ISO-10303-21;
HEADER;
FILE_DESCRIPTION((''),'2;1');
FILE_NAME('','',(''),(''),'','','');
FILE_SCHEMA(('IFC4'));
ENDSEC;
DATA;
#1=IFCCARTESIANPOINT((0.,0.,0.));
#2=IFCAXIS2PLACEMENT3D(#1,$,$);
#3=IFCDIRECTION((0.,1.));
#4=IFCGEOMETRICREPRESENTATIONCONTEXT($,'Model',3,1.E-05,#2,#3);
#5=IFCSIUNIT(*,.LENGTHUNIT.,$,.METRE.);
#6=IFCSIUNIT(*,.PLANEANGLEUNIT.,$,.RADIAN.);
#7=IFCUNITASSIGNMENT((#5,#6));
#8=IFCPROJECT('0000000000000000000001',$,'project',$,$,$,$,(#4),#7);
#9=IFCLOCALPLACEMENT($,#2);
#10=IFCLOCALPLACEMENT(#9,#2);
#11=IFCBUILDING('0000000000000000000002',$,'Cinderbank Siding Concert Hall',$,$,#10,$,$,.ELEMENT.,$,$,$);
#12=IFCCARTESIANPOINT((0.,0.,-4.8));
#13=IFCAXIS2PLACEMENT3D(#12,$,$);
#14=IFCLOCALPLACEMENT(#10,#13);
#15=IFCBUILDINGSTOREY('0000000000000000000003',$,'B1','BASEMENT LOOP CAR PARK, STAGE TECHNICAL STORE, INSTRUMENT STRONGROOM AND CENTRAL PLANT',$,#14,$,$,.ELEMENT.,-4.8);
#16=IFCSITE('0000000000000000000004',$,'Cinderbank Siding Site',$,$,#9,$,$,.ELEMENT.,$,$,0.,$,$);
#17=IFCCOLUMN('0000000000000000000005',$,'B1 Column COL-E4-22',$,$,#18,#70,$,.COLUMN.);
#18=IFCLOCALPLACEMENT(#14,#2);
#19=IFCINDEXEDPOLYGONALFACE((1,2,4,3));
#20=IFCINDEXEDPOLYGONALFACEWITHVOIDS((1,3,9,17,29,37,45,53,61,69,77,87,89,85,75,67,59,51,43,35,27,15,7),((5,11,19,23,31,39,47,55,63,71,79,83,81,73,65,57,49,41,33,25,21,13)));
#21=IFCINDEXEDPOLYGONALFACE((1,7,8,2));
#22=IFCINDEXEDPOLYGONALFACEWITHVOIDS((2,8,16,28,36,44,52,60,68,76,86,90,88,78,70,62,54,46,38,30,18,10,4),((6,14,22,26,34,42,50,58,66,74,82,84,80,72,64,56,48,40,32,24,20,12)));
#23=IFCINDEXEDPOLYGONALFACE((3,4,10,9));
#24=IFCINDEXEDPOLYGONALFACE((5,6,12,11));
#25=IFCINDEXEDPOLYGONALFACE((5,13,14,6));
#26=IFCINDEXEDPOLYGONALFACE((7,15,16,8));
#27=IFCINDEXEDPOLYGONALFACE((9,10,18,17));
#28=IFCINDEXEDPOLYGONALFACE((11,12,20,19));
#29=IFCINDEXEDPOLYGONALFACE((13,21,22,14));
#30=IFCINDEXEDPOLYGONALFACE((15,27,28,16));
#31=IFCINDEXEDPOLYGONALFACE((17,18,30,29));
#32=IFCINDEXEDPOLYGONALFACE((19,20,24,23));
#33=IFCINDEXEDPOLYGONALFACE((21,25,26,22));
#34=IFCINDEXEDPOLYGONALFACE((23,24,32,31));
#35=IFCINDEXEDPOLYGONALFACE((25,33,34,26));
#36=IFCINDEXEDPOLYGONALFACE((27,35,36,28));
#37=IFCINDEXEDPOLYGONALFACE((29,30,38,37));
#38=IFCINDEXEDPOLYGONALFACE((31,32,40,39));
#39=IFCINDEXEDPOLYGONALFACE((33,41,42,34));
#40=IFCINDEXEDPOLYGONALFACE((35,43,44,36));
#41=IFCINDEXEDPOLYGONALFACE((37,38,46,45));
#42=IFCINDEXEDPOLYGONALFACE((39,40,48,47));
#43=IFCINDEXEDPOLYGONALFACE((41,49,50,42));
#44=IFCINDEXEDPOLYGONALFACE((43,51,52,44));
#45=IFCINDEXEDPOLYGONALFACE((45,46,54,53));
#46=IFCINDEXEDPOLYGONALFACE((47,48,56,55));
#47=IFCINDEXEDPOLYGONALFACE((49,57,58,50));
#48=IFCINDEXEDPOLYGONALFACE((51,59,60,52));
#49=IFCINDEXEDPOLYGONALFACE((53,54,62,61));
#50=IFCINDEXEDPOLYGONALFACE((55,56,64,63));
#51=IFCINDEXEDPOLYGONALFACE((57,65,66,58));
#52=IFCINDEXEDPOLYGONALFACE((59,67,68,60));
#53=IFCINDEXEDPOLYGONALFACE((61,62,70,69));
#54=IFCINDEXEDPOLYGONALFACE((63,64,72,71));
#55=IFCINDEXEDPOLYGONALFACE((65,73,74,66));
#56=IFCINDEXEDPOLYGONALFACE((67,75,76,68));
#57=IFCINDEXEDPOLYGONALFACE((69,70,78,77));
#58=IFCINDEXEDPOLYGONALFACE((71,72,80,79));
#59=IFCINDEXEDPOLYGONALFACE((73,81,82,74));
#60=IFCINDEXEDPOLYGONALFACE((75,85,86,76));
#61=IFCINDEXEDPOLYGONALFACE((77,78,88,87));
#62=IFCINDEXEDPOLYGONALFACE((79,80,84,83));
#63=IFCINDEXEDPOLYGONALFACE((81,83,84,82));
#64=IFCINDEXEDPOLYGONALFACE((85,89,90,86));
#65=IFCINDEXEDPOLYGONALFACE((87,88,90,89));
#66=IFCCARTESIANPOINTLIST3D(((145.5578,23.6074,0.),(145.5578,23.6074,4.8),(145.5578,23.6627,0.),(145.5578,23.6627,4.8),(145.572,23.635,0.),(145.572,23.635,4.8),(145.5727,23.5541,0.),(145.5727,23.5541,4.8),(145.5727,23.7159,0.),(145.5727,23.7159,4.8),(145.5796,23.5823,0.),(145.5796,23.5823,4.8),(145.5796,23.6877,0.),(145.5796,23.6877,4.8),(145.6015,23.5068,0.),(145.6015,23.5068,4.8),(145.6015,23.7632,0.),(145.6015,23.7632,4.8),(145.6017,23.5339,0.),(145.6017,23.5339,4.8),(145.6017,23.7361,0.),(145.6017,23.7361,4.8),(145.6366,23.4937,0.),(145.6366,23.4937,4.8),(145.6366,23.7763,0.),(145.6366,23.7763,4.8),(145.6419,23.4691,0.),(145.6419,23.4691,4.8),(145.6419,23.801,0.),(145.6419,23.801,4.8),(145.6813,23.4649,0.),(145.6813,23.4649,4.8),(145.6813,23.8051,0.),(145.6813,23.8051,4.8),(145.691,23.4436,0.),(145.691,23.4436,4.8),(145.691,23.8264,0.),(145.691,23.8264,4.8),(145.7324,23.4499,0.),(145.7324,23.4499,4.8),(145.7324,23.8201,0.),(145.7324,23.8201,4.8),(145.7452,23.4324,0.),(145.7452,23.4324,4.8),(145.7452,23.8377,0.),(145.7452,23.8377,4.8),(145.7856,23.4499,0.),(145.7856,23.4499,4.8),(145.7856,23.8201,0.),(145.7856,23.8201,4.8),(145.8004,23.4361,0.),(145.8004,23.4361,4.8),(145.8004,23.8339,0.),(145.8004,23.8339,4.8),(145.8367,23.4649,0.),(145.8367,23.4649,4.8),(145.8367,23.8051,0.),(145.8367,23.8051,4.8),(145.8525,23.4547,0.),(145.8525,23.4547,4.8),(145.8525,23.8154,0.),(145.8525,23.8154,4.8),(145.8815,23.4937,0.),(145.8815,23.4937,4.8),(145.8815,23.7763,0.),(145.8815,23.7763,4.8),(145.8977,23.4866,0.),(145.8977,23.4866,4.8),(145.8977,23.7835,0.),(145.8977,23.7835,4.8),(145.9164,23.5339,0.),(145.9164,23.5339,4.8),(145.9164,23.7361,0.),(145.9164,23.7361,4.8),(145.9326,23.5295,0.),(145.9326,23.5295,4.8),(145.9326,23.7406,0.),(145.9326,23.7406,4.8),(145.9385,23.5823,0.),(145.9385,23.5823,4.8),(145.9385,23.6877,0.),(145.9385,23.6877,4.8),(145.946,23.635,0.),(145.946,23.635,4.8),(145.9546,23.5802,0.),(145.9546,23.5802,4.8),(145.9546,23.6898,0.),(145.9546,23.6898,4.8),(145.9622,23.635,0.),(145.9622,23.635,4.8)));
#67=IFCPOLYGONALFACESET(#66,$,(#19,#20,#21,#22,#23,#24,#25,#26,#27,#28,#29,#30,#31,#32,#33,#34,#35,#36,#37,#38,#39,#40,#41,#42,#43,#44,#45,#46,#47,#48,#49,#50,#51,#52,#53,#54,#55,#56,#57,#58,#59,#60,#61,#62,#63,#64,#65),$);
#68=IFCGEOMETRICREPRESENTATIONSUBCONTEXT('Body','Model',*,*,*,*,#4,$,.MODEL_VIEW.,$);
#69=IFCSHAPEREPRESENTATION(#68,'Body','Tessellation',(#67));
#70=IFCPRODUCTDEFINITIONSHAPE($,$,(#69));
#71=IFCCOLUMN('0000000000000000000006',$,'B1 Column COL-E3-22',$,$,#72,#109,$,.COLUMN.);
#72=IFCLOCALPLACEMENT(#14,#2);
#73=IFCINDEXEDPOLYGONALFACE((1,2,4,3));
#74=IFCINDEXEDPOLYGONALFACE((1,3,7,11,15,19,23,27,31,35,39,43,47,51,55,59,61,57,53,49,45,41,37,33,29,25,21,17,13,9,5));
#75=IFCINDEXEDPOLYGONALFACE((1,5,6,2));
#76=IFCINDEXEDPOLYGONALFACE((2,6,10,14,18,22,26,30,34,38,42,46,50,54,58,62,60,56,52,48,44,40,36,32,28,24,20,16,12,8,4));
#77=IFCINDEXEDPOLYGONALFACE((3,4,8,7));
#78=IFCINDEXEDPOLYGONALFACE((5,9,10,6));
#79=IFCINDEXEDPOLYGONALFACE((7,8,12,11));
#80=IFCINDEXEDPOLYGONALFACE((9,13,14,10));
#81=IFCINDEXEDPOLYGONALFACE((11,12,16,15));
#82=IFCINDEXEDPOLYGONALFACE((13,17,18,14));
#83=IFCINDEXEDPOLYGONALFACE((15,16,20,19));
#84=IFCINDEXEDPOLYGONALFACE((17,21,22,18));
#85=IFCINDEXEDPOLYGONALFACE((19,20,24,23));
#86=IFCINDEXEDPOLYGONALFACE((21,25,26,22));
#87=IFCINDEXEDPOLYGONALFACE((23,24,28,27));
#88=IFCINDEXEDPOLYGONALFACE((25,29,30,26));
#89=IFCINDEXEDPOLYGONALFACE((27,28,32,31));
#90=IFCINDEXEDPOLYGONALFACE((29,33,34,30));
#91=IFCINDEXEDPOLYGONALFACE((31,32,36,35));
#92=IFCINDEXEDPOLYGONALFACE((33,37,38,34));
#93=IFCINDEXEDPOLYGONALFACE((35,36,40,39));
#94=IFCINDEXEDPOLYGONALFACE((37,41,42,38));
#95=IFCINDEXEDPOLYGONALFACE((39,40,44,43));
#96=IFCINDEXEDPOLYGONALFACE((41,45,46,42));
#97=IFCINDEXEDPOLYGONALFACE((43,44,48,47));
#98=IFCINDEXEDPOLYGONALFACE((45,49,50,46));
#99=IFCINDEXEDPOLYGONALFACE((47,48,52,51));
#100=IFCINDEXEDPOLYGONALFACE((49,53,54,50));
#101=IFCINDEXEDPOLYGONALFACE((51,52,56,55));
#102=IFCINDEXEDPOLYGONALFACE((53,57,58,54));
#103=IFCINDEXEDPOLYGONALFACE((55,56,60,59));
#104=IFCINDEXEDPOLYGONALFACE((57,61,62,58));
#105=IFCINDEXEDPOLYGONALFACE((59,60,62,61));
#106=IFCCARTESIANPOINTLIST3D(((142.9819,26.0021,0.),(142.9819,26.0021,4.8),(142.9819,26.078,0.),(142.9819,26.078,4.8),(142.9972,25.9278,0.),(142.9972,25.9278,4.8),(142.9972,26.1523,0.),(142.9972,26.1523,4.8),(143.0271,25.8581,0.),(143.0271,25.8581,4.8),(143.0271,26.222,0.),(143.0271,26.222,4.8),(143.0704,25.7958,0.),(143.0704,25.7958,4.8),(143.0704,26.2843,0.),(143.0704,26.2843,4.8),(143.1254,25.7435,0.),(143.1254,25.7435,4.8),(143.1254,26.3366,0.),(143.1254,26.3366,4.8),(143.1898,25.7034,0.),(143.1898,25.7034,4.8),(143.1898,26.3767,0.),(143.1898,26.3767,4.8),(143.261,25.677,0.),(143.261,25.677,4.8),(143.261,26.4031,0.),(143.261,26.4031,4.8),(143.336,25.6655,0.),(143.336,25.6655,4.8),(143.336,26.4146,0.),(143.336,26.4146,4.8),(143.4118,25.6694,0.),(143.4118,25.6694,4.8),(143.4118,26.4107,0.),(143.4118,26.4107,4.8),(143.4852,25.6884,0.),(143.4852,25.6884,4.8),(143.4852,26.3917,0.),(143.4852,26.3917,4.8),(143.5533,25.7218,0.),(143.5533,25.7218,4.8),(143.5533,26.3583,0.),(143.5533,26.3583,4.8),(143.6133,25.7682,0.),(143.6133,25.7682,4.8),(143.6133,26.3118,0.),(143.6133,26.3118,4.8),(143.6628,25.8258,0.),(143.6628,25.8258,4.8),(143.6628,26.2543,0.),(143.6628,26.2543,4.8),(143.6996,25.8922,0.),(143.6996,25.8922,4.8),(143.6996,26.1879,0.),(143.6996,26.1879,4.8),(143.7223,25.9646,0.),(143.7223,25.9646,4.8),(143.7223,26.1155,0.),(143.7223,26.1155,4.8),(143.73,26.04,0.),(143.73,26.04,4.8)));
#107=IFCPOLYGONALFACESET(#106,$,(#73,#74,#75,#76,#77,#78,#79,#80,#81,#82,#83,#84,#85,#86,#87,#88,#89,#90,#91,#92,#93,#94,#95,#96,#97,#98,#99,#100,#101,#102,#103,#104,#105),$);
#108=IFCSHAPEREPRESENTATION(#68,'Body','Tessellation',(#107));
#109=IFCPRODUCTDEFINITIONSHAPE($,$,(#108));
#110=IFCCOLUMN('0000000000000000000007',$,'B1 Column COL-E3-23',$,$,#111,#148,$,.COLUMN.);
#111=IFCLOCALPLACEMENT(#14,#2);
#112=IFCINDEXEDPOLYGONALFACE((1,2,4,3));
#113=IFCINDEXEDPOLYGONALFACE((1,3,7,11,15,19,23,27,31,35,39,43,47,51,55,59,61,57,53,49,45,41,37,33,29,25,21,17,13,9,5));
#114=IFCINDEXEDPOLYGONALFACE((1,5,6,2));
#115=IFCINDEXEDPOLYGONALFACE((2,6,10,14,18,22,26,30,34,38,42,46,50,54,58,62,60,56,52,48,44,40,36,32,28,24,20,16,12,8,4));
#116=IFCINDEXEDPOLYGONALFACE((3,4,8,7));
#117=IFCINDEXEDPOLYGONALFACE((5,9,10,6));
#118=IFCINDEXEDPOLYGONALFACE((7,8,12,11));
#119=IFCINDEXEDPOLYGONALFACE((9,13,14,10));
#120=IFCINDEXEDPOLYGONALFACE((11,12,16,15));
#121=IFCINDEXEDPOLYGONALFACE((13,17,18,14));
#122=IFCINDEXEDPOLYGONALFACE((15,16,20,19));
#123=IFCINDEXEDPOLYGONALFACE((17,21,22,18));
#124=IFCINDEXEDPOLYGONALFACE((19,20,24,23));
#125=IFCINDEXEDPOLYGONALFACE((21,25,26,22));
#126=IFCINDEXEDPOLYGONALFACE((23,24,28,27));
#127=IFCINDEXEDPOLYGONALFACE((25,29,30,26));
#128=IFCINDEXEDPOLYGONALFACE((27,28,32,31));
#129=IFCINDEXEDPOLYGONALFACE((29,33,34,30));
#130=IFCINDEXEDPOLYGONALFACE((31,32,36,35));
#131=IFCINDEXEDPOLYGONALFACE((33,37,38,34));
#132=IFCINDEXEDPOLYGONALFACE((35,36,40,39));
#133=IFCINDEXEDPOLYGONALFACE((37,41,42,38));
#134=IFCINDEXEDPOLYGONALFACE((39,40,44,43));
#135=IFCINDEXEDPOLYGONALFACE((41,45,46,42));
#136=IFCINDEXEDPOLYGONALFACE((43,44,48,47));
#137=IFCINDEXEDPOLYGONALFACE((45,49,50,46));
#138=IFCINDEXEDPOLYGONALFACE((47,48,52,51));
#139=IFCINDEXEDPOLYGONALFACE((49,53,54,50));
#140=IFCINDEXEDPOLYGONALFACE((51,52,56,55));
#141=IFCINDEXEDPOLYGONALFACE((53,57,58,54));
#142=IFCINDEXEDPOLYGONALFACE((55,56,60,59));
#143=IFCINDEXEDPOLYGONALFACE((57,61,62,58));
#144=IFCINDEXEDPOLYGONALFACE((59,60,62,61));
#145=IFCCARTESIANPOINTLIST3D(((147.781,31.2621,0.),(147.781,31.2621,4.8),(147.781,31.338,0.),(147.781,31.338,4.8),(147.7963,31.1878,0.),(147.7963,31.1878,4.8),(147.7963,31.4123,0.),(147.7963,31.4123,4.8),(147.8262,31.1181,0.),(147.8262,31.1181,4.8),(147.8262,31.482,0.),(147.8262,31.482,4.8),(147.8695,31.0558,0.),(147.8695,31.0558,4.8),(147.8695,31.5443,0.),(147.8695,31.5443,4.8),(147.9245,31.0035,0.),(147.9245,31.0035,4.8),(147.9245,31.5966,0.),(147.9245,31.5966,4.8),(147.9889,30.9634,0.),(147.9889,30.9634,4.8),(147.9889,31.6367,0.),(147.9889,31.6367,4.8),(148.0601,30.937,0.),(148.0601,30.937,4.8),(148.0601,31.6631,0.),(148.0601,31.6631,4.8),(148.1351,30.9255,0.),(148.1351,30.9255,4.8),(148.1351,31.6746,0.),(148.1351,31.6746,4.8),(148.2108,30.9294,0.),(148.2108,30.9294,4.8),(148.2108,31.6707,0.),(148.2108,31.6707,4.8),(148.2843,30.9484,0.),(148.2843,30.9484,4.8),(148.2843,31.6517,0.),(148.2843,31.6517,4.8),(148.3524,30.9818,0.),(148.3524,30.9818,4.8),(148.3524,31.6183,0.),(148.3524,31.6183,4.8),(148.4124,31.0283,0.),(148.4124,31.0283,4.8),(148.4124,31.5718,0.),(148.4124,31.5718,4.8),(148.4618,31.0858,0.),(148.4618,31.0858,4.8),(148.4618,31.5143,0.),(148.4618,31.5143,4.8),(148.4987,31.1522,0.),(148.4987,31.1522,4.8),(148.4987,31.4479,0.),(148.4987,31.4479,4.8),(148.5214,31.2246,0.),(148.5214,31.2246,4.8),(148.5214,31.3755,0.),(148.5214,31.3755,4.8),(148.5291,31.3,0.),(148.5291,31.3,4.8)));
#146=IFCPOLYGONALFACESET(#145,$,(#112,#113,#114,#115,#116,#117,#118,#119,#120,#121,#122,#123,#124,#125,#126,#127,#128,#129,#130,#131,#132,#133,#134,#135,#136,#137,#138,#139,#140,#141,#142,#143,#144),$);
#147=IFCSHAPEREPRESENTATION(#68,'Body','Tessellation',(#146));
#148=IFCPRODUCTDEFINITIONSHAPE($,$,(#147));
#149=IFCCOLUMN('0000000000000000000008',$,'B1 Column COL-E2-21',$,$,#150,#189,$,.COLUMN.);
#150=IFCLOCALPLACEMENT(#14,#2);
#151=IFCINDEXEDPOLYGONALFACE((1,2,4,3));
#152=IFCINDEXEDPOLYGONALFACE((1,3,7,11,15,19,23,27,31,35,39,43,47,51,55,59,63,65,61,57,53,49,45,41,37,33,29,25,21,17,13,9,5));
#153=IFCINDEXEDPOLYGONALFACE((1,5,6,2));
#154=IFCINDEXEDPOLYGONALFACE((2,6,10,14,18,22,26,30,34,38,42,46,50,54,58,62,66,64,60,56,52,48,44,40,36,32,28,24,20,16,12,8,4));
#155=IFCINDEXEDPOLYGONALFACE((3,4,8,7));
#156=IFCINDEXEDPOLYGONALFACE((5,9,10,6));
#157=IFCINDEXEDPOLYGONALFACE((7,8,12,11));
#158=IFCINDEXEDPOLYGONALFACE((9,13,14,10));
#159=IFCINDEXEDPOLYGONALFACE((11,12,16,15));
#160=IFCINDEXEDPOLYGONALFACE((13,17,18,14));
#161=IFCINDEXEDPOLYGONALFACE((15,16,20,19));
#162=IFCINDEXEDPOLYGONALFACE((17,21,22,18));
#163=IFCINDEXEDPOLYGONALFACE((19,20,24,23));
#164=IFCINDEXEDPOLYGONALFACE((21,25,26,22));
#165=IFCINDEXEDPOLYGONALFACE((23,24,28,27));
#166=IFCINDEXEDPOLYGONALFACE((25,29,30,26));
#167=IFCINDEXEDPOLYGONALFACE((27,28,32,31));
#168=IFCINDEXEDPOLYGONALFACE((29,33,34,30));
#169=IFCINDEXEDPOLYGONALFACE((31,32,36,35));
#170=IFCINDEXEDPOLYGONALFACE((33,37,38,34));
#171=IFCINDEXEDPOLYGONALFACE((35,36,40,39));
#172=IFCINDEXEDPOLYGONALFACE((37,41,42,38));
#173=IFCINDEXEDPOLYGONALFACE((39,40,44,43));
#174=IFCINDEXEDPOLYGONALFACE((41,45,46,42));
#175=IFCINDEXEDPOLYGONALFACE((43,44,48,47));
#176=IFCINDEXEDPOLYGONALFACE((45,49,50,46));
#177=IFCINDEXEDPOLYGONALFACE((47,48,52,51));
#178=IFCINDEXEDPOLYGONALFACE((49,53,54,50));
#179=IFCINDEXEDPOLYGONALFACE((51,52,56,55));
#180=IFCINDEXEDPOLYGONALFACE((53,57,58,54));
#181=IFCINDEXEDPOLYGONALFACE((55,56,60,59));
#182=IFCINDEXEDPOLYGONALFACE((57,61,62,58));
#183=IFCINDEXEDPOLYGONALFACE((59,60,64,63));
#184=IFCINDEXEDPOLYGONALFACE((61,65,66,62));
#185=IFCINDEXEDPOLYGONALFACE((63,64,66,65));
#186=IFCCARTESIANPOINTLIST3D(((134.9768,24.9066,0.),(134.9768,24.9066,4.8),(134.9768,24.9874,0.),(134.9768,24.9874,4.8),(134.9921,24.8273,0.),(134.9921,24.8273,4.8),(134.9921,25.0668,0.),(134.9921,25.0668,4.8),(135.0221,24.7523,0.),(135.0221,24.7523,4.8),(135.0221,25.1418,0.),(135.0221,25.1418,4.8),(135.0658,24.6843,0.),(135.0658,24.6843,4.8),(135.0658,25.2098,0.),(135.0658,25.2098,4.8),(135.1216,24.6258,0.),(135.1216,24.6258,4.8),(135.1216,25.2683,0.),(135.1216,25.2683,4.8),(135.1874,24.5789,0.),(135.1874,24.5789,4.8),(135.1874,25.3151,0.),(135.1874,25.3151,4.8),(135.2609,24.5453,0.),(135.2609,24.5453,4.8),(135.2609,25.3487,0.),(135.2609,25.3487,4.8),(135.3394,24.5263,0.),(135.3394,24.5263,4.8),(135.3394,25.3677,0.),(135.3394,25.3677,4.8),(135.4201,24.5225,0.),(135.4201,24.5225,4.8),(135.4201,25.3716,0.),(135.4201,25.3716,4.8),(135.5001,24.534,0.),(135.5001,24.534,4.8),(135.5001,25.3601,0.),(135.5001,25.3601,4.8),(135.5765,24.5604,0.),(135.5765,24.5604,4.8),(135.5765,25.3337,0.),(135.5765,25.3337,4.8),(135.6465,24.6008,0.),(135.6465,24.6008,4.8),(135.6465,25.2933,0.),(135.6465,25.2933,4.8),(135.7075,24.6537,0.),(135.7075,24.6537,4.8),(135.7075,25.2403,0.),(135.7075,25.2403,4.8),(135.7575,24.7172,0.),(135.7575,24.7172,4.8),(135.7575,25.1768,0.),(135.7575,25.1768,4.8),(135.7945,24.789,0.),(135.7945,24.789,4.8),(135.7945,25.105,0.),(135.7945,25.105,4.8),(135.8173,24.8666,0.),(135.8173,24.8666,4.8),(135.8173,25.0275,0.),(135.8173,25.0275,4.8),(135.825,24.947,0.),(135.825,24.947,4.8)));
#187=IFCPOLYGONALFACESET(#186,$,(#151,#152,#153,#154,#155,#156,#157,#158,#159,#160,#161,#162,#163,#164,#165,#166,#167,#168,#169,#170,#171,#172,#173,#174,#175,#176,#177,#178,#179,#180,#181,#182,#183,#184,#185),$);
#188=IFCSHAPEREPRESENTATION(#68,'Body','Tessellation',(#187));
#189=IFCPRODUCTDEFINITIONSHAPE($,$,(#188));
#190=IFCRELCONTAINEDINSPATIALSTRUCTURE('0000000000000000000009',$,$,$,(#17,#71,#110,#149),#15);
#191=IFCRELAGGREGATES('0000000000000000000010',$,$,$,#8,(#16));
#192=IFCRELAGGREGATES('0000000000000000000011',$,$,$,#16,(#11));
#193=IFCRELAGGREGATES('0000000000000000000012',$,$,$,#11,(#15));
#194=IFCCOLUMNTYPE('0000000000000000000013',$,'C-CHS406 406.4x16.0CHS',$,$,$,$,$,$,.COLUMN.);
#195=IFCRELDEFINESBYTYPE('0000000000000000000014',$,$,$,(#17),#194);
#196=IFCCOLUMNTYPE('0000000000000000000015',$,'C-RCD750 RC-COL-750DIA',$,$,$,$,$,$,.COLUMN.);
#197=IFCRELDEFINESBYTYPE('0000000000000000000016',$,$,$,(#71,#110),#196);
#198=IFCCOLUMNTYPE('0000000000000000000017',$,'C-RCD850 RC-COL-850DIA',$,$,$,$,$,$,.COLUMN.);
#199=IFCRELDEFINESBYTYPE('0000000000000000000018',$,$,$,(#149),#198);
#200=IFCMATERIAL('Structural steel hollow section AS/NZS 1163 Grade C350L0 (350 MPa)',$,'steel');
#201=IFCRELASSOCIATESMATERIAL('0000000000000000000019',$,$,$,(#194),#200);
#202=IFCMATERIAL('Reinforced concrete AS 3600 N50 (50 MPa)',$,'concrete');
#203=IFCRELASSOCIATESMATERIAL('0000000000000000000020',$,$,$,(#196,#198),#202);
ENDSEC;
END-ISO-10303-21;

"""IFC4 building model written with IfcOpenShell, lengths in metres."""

from ifc_helpers import new_model, si_unit, direction, frame, origin, origin_2d, place, context, subcontext, project, spatial, circle, hollow_circle, extrude, material, material_profile, profile_set, type_object, element, save


model = new_model("IFC4")

# Units and contexts
model_context = context("Model", 3, precision=1e-05, world=origin(), true_north=direction((0.0, 1.0)))
body_context = subcontext(model_context, "Body", "Model", "MODEL_VIEW")
ifc_project = project(units=[si_unit("LENGTHUNIT", "METRE"), si_unit("PLANEANGLEUNIT", "RADIAN")], contexts=[model_context])

# Site, building, storey
site_placement = place(None, origin())
site = spatial("IfcSite", under=ifc_project, at=site_placement, Name="Cinderbank Siding Site", CompositionType="ELEMENT", RefElevation=0.0)
building_placement = place(site_placement, origin())
building = spatial("IfcBuilding", under=site, at=building_placement, Name="Cinderbank Siding Concert Hall", CompositionType="ELEMENT")
storey_placement = place(building_placement, frame((0.0, 0.0, -4.8)))
storey = spatial("IfcBuildingStorey", under=building, at=storey_placement, Name="B1", Description="BASEMENT LOOP CAR PARK, STAGE TECHNICAL STORE, INSTRUMENT STRONGROOM AND CENTRAL PLANT", CompositionType="ELEMENT", Elevation=-4.8)

# Columns
ifc_material_1 = material(Name="Structural steel hollow section AS/NZS 1163 Grade C350L0 (350 MPa)", Category="steel")
ifc_material_profile_1 = material_profile(ifc_material_1, hollow_circle(Radius=0.2031, WallThickness=0.0161, at=origin_2d()), Name="406.4x16.0CHS", Category="LoadBearing")
ifc_profile_set_1 = profile_set([ifc_material_profile_1], Name="Structural steel hollow section AS/NZS 1163 Grade C350L0 (350 MPa)")
column_type_1 = type_object("IfcColumnType", Name="C-CHS406 406.4x16.0CHS", PredefinedType="COLUMN", material=ifc_profile_set_1)
column_placement = place(storey_placement, frame((145.759, 23.635, 0.0), z_axis=(0.0, 0.0, 1.0), x_axis=(1.0, 0.0, 0.0)))
element("IfcColumn", 1, at=column_placement, inside=storey, type_object=column_type_1, Name="B1 Column COL-E4-22", PredefinedType="COLUMN", context=body_context, shape_type="SweptSolid", body=[
    extrude(hollow_circle(Radius=0.2031, WallThickness=0.0161, at=origin_2d()), origin(), (0.0, 0.0, 1.0), 4.8),
])
ifc_material_2 = material(Name="Reinforced concrete AS 3600 N50 (50 MPa)", Category="concrete")
ifc_material_profile_2 = material_profile(ifc_material_2, circle(Radius=0.375, at=origin_2d()), Name="RC-COL-750DIA", Category="LoadBearing")
ifc_profile_set_2 = profile_set([ifc_material_profile_2], Name="Reinforced concrete AS 3600 N50 (50 MPa)")
column_type_2 = type_object("IfcColumnType", Name="C-RCD750 RC-COL-750DIA", PredefinedType="COLUMN", material=ifc_profile_set_2)
for number, where, z_axis, x_axis, name in (
    (2, (143.355, 26.04, 0.0), (0.0, 0.0, 1.0), (1.0, 0.0, 0.0), "B1 Column COL-E3-22"),
    (3, (148.1541, 31.3, 0.0), (0.0, 0.0, 1.0), (1.0, 0.0, 0.0), "B1 Column COL-E3-23"),
):
    element("IfcColumn", number, at=place(storey_placement, frame(where, z_axis=z_axis, x_axis=x_axis)), inside=storey, type_object=column_type_2, Name=name, PredefinedType="COLUMN", context=body_context, shape_type="SweptSolid", body=[
        extrude(circle(Radius=0.375, at=origin_2d()), origin(), (0.0, 0.0, 1.0), 4.8),
    ])
ifc_material_profile_3 = material_profile(ifc_material_2, circle(Radius=0.425, at=origin_2d()), Name="RC-COL-850DIA", Category="LoadBearing")
ifc_profile_set_3 = profile_set([ifc_material_profile_3], Name="Reinforced concrete AS 3600 N50 (50 MPa)")
column_type_3 = type_object("IfcColumnType", Name="C-RCD850 RC-COL-850DIA", PredefinedType="COLUMN", material=ifc_profile_set_3)
for number, where, z_axis, x_axis, name in (
    (4, (135.3999, 24.947, 0.0), (0.0, 0.0, 1.0), (1.0, 0.0, 0.0), "B1 Column COL-E2-21"),
):
    element("IfcColumn", number, at=place(storey_placement, frame(where, z_axis=z_axis, x_axis=x_axis)), inside=storey, type_object=column_type_3, Name=name, PredefinedType="COLUMN", context=body_context, shape_type="SweptSolid", body=[
        extrude(circle(Radius=0.425, at=origin_2d()), origin(), (0.0, 0.0, 1.0), 4.8),
    ])

save(model, "model.ifc")
